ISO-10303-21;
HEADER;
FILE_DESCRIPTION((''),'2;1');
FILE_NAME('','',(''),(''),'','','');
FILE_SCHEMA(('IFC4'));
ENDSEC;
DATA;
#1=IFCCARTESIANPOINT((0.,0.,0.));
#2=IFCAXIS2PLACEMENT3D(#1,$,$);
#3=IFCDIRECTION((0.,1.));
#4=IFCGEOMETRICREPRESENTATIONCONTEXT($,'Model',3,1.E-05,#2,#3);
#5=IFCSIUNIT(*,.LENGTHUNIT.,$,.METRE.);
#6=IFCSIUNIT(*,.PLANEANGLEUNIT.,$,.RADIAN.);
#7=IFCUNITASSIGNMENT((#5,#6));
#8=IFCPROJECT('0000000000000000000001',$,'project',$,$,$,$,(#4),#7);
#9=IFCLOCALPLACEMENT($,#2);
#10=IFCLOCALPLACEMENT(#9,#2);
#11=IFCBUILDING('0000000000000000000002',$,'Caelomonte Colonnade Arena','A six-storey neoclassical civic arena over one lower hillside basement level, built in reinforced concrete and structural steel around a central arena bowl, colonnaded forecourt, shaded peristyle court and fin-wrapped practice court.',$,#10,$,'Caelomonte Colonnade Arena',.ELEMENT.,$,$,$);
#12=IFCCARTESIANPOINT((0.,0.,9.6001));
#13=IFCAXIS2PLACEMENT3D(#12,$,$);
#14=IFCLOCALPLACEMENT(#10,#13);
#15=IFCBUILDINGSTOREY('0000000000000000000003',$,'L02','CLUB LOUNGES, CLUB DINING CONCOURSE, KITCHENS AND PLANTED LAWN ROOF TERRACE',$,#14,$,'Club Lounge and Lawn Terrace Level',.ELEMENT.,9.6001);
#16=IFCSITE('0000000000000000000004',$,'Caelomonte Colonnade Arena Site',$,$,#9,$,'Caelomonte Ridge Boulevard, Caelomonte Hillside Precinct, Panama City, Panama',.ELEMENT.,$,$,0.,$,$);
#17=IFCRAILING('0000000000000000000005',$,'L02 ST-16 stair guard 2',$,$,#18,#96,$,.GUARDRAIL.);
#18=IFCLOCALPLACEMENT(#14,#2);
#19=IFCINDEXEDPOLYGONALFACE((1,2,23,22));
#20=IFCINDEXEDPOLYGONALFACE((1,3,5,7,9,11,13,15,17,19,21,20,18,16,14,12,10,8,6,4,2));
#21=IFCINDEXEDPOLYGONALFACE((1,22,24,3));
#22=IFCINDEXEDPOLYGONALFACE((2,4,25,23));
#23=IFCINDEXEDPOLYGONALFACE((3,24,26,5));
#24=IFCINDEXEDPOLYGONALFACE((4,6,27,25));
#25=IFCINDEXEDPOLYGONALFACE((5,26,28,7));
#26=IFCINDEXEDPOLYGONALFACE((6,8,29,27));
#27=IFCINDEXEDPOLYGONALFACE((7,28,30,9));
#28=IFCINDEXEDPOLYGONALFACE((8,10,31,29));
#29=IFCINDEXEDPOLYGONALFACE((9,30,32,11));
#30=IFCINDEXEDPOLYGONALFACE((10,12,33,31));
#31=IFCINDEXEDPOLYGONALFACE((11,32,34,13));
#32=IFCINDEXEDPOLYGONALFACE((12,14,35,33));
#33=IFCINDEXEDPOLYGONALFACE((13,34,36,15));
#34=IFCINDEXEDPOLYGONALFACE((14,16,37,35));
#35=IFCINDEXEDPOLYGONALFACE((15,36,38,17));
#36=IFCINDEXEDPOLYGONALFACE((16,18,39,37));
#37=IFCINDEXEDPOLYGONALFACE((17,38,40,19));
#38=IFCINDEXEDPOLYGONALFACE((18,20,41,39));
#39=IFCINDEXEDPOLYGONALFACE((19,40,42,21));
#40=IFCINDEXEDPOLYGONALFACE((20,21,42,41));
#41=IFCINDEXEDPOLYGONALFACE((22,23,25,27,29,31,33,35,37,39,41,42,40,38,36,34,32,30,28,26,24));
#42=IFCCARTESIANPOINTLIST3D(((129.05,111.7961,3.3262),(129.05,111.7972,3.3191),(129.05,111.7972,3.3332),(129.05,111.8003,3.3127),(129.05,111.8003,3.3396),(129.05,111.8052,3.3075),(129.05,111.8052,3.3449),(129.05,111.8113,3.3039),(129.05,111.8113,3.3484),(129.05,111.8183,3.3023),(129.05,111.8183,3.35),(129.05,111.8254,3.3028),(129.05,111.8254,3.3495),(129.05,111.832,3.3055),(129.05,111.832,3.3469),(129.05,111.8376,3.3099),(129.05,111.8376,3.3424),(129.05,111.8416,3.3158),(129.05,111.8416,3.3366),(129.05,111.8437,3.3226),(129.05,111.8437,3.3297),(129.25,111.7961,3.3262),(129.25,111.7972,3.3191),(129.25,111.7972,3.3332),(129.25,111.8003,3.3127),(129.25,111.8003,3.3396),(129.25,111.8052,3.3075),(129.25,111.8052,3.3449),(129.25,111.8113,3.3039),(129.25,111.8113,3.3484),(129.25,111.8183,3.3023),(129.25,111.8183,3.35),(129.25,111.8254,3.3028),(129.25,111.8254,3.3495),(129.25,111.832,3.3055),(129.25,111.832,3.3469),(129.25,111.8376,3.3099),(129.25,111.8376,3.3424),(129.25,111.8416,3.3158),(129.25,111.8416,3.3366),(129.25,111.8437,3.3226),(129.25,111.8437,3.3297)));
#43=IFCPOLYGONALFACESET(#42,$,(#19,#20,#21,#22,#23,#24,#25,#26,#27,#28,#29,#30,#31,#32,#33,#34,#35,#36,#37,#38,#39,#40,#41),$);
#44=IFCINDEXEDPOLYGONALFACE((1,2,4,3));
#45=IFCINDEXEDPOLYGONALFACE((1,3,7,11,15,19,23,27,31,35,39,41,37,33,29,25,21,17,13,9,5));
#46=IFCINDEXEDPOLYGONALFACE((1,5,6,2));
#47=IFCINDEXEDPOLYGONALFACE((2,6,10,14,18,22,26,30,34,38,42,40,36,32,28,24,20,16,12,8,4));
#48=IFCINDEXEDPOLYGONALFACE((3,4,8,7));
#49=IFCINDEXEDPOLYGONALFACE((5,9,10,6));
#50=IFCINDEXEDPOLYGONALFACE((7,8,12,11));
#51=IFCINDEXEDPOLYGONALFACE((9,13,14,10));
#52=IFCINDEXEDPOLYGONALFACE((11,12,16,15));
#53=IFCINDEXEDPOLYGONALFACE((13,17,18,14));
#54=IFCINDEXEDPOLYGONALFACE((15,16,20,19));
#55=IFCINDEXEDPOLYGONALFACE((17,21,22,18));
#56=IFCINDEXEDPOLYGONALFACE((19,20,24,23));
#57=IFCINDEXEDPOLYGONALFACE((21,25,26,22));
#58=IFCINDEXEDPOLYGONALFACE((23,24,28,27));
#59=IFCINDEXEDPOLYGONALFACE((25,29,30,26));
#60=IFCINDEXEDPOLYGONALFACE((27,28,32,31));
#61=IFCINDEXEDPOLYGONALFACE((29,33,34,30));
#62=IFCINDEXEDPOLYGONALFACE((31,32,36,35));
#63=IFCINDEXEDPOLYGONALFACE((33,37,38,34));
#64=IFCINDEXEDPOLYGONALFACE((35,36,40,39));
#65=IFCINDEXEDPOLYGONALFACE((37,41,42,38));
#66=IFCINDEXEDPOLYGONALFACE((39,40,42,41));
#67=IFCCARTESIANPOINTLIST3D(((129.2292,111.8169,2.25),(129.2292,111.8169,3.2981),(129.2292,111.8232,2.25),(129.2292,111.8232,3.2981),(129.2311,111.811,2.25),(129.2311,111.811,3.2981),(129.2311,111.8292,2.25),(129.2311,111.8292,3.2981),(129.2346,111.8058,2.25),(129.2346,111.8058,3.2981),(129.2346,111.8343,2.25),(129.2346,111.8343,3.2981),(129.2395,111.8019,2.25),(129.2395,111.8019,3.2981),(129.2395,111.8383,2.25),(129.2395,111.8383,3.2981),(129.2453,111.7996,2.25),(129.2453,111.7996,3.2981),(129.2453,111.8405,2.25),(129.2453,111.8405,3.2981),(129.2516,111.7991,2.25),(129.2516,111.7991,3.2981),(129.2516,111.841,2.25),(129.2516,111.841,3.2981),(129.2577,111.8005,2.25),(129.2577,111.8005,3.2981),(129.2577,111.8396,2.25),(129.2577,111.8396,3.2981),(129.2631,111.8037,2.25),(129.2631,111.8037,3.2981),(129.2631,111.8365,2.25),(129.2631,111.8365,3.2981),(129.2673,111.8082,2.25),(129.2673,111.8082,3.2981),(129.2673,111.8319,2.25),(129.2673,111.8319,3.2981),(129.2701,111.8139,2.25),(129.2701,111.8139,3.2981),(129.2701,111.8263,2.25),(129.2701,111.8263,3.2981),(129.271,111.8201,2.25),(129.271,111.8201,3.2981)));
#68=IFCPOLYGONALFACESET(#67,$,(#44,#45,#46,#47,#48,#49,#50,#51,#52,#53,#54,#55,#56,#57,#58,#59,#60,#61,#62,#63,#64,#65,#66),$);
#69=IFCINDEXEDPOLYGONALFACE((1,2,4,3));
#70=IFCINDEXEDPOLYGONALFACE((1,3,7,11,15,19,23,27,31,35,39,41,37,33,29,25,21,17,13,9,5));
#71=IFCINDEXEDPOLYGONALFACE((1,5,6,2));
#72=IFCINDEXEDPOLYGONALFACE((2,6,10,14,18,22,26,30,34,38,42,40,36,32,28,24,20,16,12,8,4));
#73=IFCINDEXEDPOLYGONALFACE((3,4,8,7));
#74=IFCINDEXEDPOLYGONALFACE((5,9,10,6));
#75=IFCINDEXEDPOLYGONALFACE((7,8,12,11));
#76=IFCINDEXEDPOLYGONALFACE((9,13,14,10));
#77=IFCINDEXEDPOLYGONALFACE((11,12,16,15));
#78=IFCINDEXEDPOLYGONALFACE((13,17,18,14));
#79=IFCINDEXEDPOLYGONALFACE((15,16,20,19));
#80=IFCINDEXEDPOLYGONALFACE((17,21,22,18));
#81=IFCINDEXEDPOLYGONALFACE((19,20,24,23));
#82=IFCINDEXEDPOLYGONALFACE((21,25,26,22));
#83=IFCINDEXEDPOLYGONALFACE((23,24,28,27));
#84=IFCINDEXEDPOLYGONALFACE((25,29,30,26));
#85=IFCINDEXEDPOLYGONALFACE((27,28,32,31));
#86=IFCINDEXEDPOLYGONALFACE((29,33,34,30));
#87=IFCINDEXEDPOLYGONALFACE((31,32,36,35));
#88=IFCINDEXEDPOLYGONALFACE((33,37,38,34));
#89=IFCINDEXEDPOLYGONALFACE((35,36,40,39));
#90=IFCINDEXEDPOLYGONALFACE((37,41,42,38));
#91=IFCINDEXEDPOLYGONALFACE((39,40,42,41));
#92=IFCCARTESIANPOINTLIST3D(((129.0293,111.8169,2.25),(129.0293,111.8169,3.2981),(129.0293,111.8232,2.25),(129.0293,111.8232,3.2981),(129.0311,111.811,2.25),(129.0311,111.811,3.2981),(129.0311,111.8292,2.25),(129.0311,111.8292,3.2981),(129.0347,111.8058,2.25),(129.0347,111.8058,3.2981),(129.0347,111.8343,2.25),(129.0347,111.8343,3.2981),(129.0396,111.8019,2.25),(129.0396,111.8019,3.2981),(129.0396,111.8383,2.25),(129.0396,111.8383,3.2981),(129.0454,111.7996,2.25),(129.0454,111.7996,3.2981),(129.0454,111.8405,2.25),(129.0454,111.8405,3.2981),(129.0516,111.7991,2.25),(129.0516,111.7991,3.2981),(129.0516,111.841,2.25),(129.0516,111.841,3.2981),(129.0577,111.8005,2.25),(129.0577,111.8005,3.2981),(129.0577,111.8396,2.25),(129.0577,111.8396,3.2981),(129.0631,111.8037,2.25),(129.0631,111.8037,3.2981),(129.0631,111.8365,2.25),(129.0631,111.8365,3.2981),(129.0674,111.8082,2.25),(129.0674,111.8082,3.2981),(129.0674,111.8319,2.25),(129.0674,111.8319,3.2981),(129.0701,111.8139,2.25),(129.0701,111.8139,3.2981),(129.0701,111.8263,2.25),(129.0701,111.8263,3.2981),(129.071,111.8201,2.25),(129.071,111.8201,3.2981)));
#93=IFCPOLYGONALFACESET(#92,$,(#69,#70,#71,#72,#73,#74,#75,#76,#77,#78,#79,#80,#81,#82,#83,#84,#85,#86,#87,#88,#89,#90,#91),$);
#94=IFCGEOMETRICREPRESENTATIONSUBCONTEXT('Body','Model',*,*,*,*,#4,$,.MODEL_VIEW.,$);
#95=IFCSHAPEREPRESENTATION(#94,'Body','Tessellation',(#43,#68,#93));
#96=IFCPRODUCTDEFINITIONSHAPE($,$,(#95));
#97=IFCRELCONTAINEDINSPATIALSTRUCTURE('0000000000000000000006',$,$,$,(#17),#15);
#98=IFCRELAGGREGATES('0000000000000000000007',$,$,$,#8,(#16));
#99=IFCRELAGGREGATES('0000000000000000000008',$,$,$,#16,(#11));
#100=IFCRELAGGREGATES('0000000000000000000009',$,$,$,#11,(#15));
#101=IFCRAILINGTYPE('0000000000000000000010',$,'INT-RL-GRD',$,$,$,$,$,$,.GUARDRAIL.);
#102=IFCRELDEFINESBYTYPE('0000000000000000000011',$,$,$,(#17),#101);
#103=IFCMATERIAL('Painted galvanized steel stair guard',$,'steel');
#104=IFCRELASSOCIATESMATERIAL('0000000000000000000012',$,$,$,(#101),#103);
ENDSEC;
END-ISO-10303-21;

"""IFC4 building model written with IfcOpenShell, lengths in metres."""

from ifc_helpers import new_model, si_unit, direction, frame, origin, origin_2d, place, context, subcontext, project, spatial, circle, extrude, material, type_object, element, save


model = new_model("IFC4")

# Units and contexts
model_context = context("Model", 3, precision=1e-05, world=origin(), true_north=direction((0.0, 1.0)))
body_context = subcontext(model_context, "Body", "Model", "MODEL_VIEW")
ifc_project = project(units=[si_unit("LENGTHUNIT", "METRE"), si_unit("PLANEANGLEUNIT", "RADIAN")], contexts=[model_context])

# Site, building, storey
site_placement = place(None, origin())
site = spatial("IfcSite", under=ifc_project, at=site_placement, Name="Caelomonte Colonnade Arena Site", LongName="Caelomonte Ridge Boulevard, Caelomonte Hillside Precinct, Panama City, Panama", CompositionType="ELEMENT", RefElevation=0.0)
building_placement = place(site_placement, origin())
building = spatial("IfcBuilding", under=site, at=building_placement, Name="Caelomonte Colonnade Arena", Description="A six-storey neoclassical civic arena over one lower hillside basement level, built in reinforced concrete and structural steel around a central arena bowl, colonnaded forecourt, shaded peristyle court and fin-wrapped practice court.", LongName="Caelomonte Colonnade Arena", CompositionType="ELEMENT")
storey_placement = place(building_placement, frame((0.0, 0.0, 9.6001)))
storey = spatial("IfcBuildingStorey", under=building, at=storey_placement, Name="L02", Description="CLUB LOUNGES, CLUB DINING CONCOURSE, KITCHENS AND PLANTED LAWN ROOF TERRACE", LongName="Club Lounge and Lawn Terrace Level", CompositionType="ELEMENT", Elevation=9.6001)

# Railing
ifc_material_1 = material(Name="Painted galvanized steel stair guard", Category="steel")
railing_type_1 = type_object("IfcRailingType", Name="INT-RL-GRD", PredefinedType="GUARDRAIL", material=ifc_material_1)
railing_1_placement = place(storey_placement, frame((129.25, 111.8201, 2.25)))
element("IfcRailing", 1, at=railing_1_placement, inside=storey, type_object=railing_type_1, Name="L02 ST-16 stair guard 2", PredefinedType="GUARDRAIL", context=body_context, shape_type="SweptSolid", body=[
    extrude(circle(Radius=0.0239, at=origin_2d()), frame((0.0, 0.0, 1.0762), z_axis=(-1.0, 0.0, 0.0), x_axis=(0.0, -1.0, 0.0)), (0.0, 0.0, 1.0), 0.2),
    extrude(circle(Radius=0.021, at=origin_2d()), origin(), (0.0, 0.0, 1.0), 1.0481),
    extrude(circle(Radius=0.021, at=origin_2d()), frame((-0.2, 0.0, 0.0)), (0.0, 0.0, 1.0), 1.0481),
])

save(model, "model.ifc")
